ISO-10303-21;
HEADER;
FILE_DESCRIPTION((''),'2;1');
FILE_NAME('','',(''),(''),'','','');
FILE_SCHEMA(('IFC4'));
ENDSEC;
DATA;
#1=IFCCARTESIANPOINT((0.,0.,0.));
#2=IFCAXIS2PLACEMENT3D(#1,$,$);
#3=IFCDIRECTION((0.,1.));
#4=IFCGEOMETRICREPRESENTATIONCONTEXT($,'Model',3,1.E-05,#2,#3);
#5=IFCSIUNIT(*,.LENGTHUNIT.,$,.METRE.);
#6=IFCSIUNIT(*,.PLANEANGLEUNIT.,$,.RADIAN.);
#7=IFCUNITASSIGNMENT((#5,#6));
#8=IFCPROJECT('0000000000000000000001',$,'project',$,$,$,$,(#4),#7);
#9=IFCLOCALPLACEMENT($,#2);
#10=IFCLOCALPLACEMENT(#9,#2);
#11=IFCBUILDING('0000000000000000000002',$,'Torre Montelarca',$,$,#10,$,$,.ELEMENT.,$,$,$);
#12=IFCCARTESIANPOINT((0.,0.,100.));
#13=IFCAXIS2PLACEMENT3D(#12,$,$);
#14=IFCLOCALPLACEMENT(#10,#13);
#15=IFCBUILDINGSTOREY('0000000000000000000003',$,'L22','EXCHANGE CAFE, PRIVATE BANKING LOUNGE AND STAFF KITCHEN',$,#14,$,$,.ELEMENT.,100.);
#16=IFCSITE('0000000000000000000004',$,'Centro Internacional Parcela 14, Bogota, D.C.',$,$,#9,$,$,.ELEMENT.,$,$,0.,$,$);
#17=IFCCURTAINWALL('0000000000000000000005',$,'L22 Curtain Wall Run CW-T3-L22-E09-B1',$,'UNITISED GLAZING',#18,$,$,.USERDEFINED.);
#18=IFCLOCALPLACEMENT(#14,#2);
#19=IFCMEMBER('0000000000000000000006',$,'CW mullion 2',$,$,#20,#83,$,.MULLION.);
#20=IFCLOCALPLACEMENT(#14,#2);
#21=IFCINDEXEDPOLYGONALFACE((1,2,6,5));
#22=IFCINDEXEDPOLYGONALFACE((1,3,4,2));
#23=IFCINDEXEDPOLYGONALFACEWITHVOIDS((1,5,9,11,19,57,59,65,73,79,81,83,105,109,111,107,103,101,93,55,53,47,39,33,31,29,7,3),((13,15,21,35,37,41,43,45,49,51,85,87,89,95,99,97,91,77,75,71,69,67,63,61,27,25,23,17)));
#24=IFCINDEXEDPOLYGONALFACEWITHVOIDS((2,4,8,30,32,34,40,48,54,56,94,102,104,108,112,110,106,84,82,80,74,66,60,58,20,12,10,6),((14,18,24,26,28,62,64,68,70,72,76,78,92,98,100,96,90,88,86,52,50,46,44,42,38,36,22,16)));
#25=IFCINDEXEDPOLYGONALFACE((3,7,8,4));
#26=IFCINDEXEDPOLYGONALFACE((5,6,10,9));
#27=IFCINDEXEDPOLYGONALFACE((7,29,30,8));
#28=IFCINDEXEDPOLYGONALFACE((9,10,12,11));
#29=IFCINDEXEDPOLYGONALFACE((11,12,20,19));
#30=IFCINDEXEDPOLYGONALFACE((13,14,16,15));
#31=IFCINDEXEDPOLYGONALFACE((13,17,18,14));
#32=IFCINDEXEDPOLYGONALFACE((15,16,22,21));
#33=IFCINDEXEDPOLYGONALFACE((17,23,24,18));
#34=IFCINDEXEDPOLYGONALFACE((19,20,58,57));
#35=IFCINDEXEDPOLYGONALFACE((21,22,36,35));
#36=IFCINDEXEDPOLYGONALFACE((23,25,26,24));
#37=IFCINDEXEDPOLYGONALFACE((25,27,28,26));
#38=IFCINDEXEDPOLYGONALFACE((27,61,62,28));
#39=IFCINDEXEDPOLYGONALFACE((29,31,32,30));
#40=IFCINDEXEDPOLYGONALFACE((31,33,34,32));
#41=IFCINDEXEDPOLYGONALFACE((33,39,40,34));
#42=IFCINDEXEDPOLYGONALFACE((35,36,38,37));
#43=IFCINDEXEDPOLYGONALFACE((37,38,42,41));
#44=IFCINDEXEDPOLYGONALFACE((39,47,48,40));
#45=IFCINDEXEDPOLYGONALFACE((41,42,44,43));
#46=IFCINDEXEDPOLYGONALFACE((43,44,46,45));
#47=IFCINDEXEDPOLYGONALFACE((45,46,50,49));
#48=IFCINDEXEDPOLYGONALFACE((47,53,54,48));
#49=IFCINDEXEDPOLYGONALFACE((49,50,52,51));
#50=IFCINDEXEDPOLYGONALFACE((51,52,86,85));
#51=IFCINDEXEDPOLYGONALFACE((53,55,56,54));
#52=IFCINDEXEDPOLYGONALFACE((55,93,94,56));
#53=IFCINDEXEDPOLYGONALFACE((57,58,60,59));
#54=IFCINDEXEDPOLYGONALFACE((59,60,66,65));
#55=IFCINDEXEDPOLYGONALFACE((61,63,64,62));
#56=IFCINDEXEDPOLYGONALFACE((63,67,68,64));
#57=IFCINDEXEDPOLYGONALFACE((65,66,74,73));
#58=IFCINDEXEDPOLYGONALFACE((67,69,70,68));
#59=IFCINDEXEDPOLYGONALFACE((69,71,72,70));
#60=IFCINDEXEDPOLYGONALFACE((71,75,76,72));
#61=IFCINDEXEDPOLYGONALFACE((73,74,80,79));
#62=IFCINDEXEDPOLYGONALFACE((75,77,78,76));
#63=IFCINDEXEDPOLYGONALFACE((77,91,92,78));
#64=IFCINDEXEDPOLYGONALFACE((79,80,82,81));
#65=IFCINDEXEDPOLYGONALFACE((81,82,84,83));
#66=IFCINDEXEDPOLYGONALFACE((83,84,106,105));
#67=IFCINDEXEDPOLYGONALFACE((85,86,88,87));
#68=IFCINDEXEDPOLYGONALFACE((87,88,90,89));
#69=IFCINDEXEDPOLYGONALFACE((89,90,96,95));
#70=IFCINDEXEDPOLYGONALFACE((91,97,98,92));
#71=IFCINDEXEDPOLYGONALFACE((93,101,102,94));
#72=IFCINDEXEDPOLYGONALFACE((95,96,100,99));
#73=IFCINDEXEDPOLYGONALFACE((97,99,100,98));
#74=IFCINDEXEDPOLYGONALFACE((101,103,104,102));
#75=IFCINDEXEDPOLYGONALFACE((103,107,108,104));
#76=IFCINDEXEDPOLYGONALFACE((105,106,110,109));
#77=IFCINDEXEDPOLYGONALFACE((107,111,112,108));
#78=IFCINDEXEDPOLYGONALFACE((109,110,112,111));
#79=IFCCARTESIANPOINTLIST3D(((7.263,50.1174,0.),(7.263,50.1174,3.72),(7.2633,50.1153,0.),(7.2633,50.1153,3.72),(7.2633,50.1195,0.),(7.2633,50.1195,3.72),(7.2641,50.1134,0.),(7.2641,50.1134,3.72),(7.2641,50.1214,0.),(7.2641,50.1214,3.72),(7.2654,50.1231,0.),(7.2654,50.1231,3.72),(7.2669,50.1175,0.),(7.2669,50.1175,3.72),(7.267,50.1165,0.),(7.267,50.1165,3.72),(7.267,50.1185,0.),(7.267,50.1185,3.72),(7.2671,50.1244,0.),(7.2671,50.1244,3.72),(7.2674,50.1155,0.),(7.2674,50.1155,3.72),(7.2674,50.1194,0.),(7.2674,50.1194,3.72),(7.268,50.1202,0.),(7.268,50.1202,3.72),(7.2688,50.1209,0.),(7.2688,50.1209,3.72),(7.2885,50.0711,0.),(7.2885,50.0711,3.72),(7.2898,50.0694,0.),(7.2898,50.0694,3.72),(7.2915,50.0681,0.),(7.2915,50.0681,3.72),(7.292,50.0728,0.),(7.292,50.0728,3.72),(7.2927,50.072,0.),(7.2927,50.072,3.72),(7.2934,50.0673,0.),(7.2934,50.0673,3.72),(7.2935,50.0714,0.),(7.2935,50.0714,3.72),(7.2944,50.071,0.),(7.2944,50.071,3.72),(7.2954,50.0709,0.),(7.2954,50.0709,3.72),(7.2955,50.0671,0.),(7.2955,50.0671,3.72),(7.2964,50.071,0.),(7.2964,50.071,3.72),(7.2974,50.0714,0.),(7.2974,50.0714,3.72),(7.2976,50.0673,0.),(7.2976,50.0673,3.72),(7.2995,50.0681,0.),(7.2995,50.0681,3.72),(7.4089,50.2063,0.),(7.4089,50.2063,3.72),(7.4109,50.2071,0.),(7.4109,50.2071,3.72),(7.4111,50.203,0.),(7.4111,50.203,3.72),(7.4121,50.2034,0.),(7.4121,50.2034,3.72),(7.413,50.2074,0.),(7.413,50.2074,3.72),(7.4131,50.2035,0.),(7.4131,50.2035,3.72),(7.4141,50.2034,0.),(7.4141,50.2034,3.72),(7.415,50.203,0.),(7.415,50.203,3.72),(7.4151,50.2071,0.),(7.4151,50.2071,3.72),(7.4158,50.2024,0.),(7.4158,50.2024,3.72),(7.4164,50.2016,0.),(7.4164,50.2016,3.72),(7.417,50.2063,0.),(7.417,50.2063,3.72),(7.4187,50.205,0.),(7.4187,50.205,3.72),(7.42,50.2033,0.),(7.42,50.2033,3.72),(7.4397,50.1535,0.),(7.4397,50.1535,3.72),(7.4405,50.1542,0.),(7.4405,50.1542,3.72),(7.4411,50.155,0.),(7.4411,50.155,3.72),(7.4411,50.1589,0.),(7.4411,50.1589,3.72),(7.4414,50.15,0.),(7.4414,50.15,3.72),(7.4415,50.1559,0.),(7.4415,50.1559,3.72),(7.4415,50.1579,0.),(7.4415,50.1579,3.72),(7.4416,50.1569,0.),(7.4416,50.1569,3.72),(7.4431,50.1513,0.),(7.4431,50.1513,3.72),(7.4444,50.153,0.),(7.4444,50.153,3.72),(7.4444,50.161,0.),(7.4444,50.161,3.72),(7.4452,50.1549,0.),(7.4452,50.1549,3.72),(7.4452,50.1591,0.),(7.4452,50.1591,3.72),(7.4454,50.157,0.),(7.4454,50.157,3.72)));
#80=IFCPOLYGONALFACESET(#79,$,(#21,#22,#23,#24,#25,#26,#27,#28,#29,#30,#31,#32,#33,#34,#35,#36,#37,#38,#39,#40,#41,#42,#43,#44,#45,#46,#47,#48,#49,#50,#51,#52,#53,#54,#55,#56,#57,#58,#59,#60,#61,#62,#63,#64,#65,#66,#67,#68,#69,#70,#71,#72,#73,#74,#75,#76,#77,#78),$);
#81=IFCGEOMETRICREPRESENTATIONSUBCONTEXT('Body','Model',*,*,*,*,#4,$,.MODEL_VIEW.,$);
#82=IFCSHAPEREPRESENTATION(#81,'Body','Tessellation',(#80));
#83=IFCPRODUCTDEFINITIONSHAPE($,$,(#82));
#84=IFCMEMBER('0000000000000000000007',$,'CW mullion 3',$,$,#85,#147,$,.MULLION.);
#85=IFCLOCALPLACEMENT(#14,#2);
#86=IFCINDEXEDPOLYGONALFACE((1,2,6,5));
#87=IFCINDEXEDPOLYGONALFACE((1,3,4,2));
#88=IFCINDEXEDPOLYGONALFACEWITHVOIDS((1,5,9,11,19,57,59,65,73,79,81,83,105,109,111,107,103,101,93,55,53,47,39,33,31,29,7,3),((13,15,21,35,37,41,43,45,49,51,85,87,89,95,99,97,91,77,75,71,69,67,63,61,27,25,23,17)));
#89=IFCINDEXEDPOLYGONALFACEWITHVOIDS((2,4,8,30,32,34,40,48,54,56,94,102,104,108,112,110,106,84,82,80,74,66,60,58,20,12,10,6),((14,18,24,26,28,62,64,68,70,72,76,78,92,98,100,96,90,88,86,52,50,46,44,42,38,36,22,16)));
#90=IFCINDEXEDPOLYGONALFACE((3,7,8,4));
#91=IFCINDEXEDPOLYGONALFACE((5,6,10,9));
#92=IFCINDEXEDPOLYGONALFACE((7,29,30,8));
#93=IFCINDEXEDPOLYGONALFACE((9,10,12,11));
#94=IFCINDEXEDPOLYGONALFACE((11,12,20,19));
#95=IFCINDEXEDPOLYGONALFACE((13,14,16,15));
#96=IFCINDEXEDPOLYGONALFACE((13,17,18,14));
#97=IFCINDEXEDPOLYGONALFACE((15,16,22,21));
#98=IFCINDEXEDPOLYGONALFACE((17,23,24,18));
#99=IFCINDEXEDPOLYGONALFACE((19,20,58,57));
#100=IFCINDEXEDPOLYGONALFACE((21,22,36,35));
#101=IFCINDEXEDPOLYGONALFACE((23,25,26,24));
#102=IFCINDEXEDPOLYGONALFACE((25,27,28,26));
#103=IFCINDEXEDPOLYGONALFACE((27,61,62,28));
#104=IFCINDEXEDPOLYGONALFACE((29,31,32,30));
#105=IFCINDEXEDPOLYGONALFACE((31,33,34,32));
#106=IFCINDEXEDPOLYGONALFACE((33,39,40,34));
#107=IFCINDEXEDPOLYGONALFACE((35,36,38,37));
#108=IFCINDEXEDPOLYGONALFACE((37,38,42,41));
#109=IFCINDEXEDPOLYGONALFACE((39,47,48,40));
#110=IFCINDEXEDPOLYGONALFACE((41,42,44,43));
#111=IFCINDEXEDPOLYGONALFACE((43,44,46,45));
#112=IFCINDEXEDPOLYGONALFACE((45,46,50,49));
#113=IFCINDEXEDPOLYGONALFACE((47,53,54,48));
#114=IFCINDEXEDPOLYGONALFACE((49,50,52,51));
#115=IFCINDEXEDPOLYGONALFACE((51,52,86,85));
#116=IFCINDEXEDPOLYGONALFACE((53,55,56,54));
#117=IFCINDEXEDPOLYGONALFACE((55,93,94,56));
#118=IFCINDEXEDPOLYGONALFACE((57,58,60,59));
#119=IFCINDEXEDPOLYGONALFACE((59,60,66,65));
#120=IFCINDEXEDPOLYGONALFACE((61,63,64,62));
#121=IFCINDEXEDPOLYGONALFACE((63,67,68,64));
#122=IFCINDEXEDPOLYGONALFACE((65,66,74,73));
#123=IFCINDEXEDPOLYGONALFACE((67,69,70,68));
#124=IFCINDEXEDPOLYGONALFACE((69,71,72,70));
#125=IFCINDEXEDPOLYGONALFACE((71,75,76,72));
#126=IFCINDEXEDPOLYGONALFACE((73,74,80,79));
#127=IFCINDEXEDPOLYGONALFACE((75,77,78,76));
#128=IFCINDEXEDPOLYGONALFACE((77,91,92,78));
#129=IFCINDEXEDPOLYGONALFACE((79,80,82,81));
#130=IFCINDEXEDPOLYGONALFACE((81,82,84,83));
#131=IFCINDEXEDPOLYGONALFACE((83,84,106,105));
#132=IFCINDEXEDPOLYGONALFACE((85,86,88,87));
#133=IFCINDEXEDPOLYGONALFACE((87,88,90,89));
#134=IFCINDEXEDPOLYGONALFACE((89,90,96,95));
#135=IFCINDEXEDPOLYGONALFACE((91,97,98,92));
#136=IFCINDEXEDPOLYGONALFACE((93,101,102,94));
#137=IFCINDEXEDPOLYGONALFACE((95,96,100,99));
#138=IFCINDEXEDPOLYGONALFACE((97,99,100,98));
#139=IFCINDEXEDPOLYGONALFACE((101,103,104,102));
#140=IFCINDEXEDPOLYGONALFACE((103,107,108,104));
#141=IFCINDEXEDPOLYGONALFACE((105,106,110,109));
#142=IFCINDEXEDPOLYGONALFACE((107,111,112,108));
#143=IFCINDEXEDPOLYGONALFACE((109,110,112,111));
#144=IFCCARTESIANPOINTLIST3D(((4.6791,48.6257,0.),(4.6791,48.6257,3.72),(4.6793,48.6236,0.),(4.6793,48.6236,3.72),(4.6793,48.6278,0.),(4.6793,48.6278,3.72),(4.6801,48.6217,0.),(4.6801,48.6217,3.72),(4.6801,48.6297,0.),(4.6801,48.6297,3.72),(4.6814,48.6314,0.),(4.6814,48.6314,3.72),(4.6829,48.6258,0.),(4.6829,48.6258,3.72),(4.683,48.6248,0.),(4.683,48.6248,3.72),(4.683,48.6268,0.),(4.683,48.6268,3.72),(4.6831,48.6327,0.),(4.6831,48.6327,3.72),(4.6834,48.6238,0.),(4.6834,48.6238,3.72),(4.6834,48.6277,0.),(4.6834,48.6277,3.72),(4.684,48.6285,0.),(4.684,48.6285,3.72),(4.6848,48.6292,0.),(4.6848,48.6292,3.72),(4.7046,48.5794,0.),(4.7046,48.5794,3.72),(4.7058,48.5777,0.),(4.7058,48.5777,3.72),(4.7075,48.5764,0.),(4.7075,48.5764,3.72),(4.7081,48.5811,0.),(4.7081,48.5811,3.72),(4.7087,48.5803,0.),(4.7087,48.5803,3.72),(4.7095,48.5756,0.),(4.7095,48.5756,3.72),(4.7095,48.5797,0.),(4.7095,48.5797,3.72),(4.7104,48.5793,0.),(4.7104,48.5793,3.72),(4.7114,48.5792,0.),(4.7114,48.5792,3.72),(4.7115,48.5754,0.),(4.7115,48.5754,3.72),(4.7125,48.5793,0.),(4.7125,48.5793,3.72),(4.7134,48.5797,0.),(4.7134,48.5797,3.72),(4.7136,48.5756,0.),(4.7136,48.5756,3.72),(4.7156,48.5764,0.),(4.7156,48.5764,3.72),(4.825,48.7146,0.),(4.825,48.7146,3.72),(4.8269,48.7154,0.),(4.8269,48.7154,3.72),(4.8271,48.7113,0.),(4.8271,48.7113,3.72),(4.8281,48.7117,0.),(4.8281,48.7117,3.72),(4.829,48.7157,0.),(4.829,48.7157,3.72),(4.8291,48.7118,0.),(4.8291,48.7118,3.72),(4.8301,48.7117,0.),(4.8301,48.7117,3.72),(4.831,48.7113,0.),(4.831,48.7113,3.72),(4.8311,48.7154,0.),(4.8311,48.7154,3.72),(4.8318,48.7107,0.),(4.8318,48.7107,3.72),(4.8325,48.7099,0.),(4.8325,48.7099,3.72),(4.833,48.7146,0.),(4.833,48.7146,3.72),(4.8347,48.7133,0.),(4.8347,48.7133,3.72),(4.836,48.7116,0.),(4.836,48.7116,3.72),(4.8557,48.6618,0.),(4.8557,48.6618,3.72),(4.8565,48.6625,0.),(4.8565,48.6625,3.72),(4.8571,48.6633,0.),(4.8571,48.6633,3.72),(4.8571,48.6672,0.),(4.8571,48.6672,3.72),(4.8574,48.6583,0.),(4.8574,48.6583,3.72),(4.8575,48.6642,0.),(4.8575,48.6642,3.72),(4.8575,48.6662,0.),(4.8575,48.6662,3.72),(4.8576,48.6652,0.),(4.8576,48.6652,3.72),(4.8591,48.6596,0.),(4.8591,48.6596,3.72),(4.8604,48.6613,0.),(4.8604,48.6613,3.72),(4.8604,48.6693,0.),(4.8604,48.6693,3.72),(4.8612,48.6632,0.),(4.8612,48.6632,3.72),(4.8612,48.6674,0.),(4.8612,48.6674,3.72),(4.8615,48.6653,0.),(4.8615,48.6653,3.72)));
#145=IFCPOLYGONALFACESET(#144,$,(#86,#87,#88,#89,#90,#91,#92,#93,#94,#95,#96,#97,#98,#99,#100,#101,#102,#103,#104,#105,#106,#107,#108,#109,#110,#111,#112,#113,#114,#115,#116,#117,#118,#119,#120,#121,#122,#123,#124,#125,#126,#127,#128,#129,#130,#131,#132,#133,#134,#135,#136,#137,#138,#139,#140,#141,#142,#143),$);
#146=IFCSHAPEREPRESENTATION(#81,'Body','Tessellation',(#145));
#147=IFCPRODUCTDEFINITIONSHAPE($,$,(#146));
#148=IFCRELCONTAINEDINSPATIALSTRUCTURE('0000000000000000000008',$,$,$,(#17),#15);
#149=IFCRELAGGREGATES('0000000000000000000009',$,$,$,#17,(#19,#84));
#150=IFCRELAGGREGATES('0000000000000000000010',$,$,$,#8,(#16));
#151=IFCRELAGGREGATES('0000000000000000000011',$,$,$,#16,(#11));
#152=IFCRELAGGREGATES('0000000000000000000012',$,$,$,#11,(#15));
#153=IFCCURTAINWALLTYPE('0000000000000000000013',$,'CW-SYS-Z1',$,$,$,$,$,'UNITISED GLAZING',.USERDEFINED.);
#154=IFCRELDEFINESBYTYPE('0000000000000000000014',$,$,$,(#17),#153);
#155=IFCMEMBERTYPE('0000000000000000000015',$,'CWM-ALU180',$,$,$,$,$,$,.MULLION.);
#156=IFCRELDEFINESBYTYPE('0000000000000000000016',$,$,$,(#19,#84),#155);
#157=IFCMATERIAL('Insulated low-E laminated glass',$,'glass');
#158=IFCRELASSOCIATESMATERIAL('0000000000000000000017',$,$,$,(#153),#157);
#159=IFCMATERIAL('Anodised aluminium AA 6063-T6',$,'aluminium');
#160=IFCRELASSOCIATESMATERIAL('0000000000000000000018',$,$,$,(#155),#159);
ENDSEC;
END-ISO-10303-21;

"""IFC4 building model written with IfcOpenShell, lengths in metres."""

from ifc_helpers import new_model, si_unit, direction, frame, origin, origin_2d, place, context, subcontext, project, spatial, hollow_rectangle, extrude, source, transform, mapped, material, material_profile, profile_set, type_object, element, aggregate, save


model = new_model("IFC4")

# Units and contexts
model_context = context("Model", 3, precision=1e-05, world=origin(), true_north=direction((0.0, 1.0)))
body_context = subcontext(model_context, "Body", "Model", "MODEL_VIEW")
ifc_project = project(units=[si_unit("LENGTHUNIT", "METRE"), si_unit("PLANEANGLEUNIT", "RADIAN")], contexts=[model_context])

# Site, building, storey
site_placement = place(None, origin())
site = spatial("IfcSite", under=ifc_project, at=site_placement, Name="Centro Internacional Parcela 14, Bogota, D.C.", CompositionType="ELEMENT", RefElevation=0.0)
building_placement = place(site_placement, origin())
building = spatial("IfcBuilding", under=site, at=building_placement, Name="Torre Montelarca", CompositionType="ELEMENT")
storey_placement = place(building_placement, frame((0.0, 0.0, 100.0)))
storey = spatial("IfcBuildingStorey", under=building, at=storey_placement, Name="L22", Description="EXCHANGE CAFE, PRIVATE BANKING LOUNGE AND STAFF KITCHEN", CompositionType="ELEMENT", Elevation=100.0)

# Curtain wall
ifc_material_1 = material(Name="Insulated low-E laminated glass", Category="glass")
curtain_wall_type = type_object("IfcCurtainWallType", Name="CW-SYS-Z1", ElementType="UNITISED GLAZING", PredefinedType="USERDEFINED", material=ifc_material_1)
curtain_wall_1_placement = place(storey_placement, origin())
curtain_wall_1 = element("IfcCurtainWall", 1, at=curtain_wall_1_placement, inside=storey, type_object=curtain_wall_type, Name="L22 Curtain Wall Run CW-T3-L22-E09-B1", ObjectType="UNITISED GLAZING", PredefinedType="USERDEFINED")
ifc_material_2 = material(Name="Anodised aluminium AA 6063-T6", Category="aluminium")

# Members
ifc_material_profile_1 = material_profile(ifc_material_2, hollow_rectangle(XDim=0.0649, YDim=0.1799, WallThickness=0.0039, InnerFilletRadius=0.0039, OuterFilletRadius=0.0081, at=origin_2d()), Name="ALU65X180X4", Category="aluminium")
ifc_profile_set_1 = profile_set([ifc_material_profile_1], Name="Anodised aluminium AA 6063-T6")
member_type_1 = type_object("IfcMemberType", Name="CWM-ALU180", PredefinedType="MULLION", material=ifc_profile_set_1)
shared_shape_1 = source(origin(), body_context, "Body", "SweptSolid", [
    extrude(hollow_rectangle(XDim=0.0649, YDim=0.1799, WallThickness=0.0039, InnerFilletRadius=0.0039, OuterFilletRadius=0.0081, at=origin_2d()), origin(), (0.0, 0.0, 1.0), 3.72),
])
member_1_placement = place(storey_placement, frame((7.3542, 50.1372, 0.0), z_axis=(0.0, 0.0, 1.0), x_axis=(0.500001, -0.866025, 0.0)))
member_1 = element("IfcMember", 2, at=member_1_placement, type_object=member_type_1, Name="CW mullion 2", PredefinedType="MULLION", context=body_context, shape_type="MappedRepresentation", body=[
    mapped(shared_shape_1, transform((0.0, 0.0, 0.0), scale=1.0)),
])
member_2_placement = place(storey_placement, frame((4.7703, 48.6455, 0.0), z_axis=(0.0, 0.0, 1.0), x_axis=(0.500001, -0.866025, 0.0)))
member_2 = element("IfcMember", 3, at=member_2_placement, type_object=member_type_1, Name="CW mullion 3", PredefinedType="MULLION", context=body_context, shape_type="MappedRepresentation", body=[
    mapped(shared_shape_1, transform((0.0, 0.0, 0.0), scale=1.0)),
])

aggregate(curtain_wall_1, [member_1, member_2])

save(model, "model.ifc")
